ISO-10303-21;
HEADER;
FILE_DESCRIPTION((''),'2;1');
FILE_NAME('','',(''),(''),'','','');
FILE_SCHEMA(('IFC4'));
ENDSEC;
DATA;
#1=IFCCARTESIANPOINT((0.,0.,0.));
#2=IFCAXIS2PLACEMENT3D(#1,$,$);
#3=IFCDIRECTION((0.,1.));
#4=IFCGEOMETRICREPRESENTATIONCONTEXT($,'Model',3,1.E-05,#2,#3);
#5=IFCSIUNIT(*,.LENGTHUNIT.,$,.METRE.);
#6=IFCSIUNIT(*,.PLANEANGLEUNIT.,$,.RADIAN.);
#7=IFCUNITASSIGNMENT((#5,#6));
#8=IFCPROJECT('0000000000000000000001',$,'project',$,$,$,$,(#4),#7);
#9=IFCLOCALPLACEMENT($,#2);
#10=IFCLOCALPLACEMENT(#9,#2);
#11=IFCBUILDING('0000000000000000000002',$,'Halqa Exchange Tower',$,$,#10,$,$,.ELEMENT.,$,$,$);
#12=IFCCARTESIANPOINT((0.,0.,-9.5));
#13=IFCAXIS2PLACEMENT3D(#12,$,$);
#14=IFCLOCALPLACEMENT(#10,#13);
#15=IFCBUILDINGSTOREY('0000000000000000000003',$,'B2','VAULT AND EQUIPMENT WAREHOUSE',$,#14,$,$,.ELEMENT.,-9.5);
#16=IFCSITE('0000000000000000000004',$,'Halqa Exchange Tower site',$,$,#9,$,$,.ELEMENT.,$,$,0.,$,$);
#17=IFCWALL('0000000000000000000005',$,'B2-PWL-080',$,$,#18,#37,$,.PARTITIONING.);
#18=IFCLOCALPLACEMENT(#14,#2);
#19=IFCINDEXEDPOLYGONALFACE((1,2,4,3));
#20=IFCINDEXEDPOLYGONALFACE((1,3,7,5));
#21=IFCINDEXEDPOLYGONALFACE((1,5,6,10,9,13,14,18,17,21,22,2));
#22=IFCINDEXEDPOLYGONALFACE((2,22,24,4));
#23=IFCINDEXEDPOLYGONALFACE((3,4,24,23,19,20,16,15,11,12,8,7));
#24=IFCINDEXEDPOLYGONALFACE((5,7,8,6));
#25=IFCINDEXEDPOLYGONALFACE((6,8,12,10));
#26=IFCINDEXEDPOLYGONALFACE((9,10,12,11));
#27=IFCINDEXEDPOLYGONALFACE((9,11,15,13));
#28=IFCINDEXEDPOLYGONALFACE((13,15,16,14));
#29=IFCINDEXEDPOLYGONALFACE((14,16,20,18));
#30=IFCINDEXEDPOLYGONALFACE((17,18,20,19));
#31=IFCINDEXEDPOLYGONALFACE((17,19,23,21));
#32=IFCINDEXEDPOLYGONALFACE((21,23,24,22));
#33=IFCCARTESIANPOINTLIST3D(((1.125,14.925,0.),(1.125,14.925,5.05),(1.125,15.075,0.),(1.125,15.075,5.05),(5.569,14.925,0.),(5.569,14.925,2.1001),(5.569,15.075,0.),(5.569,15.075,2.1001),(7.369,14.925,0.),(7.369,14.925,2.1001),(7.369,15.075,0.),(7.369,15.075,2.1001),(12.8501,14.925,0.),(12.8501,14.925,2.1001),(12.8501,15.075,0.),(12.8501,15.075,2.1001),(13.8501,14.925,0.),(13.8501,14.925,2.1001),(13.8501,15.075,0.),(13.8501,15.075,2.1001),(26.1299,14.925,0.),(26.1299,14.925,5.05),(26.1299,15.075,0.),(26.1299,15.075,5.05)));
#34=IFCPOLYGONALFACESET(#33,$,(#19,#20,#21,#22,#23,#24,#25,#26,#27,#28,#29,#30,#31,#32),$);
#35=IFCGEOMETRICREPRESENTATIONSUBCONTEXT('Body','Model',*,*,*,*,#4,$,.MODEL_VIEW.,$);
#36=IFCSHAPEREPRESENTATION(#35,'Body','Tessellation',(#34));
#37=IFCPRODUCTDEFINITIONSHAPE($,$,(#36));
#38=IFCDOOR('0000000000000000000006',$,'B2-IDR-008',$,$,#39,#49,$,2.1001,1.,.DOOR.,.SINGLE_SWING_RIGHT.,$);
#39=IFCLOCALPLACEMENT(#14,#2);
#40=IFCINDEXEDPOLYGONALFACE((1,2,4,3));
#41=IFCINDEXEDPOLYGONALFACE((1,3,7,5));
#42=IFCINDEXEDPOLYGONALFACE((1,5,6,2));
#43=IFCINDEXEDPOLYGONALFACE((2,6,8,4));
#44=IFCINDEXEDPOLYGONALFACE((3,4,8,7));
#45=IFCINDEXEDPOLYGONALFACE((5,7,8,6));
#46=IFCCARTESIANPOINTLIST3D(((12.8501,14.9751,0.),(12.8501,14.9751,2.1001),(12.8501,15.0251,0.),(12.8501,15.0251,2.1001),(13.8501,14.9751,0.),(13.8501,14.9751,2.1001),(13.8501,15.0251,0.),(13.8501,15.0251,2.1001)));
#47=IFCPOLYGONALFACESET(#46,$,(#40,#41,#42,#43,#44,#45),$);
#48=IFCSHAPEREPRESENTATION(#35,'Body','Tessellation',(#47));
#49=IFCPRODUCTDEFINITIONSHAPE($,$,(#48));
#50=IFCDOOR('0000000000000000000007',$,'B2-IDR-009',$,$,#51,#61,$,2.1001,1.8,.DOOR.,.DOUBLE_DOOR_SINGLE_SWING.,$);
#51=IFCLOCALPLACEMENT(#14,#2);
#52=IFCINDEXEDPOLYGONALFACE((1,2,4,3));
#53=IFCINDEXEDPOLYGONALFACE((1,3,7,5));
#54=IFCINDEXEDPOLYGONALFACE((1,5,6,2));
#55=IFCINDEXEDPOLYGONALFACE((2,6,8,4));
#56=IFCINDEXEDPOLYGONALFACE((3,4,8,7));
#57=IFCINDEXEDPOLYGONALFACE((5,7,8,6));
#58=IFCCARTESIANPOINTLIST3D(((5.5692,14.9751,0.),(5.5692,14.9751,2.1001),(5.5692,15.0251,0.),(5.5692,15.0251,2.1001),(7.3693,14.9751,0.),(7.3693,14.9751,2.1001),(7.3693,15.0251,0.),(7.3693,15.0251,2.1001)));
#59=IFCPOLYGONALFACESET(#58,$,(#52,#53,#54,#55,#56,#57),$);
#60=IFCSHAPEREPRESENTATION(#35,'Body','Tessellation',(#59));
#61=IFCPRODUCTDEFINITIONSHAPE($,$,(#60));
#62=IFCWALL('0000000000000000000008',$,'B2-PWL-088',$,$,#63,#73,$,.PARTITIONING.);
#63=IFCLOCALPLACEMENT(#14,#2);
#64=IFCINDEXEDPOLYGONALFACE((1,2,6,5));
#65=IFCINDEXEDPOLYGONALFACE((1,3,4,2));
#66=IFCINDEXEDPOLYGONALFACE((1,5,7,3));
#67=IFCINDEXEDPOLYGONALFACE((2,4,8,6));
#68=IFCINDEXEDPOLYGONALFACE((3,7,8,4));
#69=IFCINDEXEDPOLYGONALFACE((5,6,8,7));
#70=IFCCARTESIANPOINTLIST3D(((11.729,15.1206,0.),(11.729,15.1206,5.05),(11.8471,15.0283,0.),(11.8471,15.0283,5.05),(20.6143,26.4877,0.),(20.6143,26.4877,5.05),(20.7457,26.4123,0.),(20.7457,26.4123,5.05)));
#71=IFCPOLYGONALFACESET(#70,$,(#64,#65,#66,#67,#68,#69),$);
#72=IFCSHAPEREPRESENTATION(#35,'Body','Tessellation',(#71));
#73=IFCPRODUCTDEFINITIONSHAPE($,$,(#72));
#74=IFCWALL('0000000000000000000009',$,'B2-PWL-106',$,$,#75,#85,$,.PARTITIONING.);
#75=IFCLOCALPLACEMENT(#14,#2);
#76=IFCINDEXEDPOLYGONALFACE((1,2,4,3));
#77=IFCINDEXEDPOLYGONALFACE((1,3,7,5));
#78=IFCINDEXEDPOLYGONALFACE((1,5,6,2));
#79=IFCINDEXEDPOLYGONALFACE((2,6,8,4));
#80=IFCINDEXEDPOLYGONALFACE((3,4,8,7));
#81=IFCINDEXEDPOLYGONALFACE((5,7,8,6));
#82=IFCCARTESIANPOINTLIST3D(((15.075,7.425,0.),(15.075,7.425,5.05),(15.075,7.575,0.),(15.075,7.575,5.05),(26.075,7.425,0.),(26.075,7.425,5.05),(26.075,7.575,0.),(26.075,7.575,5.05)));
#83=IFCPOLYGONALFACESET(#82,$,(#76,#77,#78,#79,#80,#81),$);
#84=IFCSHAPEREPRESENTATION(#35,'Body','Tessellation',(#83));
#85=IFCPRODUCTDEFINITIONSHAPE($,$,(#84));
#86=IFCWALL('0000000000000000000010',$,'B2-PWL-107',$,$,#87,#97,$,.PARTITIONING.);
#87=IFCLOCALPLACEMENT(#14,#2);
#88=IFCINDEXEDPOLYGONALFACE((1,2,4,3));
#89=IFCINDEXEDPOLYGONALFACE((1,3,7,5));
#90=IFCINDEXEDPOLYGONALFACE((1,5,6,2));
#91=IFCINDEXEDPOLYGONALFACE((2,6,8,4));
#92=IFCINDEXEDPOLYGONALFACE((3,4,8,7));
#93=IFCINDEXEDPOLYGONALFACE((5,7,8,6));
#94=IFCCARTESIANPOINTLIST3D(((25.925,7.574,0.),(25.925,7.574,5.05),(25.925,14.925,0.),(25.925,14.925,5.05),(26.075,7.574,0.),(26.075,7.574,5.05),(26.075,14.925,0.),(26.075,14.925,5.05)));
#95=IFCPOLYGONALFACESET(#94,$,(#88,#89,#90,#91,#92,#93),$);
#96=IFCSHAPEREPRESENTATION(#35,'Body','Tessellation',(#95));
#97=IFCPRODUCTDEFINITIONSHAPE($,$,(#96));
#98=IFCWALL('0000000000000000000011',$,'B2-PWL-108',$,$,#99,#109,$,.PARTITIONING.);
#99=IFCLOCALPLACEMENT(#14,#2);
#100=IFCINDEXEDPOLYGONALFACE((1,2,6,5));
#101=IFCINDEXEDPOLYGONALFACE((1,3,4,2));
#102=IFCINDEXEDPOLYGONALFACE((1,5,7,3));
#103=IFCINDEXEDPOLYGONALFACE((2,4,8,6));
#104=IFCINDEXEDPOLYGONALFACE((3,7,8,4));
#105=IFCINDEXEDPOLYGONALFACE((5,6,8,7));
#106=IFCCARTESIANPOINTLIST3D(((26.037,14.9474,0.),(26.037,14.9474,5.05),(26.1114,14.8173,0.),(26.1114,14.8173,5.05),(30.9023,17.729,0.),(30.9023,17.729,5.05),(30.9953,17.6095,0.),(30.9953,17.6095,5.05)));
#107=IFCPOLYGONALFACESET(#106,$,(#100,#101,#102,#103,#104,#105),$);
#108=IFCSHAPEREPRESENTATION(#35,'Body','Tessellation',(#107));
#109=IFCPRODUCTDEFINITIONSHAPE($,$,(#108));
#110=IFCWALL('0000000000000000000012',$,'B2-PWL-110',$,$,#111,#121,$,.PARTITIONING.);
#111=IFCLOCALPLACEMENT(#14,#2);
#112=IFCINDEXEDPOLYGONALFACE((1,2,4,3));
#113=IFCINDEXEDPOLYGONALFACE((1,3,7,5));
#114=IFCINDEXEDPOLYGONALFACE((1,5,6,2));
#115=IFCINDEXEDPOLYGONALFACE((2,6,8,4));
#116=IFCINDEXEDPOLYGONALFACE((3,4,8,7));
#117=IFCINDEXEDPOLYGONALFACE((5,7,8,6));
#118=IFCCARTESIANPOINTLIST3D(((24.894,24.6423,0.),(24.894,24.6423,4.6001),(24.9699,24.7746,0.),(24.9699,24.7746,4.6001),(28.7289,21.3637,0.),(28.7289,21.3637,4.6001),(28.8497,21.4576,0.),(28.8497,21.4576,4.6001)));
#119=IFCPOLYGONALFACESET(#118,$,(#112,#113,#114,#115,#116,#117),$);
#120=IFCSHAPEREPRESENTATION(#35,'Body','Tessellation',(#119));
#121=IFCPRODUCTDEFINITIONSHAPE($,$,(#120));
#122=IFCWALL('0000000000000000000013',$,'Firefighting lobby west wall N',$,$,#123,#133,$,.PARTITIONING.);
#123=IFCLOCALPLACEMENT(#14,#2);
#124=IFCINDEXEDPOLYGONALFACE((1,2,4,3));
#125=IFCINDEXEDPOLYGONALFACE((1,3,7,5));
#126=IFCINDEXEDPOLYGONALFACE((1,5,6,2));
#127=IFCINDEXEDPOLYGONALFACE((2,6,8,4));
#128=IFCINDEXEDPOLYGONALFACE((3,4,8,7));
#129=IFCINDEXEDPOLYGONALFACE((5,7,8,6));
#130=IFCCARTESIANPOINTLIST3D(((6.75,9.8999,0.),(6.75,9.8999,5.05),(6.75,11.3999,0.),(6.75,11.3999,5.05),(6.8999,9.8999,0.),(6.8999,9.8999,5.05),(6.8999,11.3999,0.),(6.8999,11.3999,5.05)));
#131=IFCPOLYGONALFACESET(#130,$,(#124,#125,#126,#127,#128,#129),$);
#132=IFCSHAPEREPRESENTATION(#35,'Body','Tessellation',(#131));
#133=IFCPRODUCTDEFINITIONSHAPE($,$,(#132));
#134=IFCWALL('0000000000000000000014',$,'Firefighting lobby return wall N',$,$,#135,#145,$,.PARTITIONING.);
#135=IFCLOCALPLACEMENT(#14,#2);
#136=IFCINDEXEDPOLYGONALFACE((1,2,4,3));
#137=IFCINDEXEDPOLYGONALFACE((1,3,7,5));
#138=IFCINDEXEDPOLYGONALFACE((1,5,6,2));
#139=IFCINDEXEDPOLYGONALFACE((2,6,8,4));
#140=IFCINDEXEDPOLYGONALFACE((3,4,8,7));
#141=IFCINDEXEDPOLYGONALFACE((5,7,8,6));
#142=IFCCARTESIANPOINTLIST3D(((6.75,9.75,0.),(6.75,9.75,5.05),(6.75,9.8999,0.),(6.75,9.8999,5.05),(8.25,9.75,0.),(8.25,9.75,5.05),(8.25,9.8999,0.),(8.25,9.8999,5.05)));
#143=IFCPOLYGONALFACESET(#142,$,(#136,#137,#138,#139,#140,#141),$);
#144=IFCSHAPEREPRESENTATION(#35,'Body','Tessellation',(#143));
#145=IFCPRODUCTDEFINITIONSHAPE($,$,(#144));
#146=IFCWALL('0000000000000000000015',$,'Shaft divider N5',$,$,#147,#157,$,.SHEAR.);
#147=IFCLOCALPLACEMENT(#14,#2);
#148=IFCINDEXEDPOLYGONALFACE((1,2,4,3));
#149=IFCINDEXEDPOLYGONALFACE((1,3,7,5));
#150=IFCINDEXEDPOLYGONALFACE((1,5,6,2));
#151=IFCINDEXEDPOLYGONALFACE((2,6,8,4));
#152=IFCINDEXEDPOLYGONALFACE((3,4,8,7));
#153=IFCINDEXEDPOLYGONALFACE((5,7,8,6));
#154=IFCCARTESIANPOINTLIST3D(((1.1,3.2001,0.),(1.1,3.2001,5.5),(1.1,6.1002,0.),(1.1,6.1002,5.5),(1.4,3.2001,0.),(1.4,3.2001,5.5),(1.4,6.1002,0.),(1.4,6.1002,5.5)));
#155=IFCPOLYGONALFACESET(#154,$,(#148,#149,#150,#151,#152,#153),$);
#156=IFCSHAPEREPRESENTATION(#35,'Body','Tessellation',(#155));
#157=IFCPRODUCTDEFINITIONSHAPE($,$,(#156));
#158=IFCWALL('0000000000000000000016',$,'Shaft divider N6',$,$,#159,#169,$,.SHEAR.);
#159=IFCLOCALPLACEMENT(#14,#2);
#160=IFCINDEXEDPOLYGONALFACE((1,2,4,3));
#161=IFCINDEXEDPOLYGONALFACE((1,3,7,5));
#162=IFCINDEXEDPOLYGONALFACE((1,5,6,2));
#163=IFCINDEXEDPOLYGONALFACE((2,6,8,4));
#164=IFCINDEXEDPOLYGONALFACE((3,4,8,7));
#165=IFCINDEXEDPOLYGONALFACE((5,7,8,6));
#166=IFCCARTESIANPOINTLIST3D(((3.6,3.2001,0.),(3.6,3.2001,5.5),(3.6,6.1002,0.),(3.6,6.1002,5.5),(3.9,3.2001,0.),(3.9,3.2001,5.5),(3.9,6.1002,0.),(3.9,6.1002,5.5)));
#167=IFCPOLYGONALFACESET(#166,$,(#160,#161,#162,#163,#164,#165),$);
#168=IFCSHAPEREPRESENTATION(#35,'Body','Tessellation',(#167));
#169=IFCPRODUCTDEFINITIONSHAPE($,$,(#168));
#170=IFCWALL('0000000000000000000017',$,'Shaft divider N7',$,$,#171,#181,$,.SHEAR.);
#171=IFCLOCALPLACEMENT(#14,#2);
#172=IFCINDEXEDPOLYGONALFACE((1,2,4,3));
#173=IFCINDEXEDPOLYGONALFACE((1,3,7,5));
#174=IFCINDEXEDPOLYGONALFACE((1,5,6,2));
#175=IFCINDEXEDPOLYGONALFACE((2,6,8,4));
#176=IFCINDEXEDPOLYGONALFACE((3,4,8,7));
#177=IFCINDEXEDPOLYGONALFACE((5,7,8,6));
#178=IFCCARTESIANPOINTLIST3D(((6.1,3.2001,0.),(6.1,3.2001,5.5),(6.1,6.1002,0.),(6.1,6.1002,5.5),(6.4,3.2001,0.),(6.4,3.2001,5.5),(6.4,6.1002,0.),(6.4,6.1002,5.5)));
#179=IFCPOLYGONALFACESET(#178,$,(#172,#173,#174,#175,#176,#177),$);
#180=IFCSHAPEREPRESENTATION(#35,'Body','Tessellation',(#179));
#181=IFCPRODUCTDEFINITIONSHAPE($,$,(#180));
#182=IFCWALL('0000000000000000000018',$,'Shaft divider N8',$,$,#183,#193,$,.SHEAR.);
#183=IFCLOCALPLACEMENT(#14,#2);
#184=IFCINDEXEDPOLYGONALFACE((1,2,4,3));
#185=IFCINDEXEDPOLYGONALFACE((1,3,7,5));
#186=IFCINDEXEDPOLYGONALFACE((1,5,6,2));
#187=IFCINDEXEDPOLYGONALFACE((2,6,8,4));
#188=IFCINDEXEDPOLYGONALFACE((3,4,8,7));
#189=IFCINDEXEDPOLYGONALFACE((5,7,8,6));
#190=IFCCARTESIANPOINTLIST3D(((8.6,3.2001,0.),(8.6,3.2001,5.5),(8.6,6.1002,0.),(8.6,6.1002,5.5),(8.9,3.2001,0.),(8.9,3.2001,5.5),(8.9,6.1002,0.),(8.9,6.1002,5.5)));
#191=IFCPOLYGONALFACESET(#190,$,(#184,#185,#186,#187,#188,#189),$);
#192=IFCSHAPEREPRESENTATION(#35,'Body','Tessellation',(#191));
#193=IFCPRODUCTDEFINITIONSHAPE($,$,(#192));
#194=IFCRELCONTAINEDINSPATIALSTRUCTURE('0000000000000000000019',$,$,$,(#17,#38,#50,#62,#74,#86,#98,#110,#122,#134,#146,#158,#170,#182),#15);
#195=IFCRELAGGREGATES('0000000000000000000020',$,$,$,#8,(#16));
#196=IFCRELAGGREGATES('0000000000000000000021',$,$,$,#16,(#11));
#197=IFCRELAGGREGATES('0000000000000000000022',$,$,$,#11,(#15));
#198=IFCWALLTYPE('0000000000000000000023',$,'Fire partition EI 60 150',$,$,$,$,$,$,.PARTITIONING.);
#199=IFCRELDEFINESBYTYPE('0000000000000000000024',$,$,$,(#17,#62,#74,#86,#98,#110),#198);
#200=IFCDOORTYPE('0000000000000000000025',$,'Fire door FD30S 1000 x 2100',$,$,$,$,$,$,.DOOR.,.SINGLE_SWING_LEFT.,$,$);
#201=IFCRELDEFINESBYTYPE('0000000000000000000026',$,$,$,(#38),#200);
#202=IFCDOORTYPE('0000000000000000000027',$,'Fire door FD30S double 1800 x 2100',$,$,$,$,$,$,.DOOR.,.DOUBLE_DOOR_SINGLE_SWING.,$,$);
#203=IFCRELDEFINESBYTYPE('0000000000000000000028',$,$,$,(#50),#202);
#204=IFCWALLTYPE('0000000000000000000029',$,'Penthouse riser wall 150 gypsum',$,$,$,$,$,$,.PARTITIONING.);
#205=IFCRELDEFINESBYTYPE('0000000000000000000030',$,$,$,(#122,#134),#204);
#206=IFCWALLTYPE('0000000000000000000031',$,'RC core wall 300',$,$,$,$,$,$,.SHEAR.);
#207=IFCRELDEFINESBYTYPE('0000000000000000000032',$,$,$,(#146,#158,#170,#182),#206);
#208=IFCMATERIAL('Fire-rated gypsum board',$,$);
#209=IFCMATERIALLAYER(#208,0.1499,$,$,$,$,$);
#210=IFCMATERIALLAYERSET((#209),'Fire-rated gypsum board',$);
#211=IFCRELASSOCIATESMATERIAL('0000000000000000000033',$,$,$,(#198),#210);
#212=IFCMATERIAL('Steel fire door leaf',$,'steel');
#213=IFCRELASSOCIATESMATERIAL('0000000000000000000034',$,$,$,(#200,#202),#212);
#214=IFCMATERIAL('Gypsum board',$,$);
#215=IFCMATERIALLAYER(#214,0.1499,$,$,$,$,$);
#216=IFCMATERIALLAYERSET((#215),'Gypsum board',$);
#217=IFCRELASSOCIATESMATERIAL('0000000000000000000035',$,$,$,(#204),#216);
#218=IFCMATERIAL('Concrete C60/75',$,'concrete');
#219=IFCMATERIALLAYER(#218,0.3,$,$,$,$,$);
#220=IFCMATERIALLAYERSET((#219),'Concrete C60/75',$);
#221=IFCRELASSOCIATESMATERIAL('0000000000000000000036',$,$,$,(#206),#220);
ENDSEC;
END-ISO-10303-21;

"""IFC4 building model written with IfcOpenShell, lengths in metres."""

from ifc_helpers import new_model, si_unit, direction, frame, frame_2d, origin, place, context, subcontext, project, spatial, polyline, rectangle, outline, extrude, material, layer, layer_set, type_object, element, fill, save


model = new_model("IFC4")

# Units and contexts
model_context = context("Model", 3, precision=1e-05, world=origin(), true_north=direction((0.0, 1.0)))
body_context = subcontext(model_context, "Body", "Model", "MODEL_VIEW")
ifc_project = project(units=[si_unit("LENGTHUNIT", "METRE"), si_unit("PLANEANGLEUNIT", "RADIAN")], contexts=[model_context])

# Site, building, storey
site_placement = place(None, origin())
site = spatial("IfcSite", under=ifc_project, at=site_placement, Name="Halqa Exchange Tower site", CompositionType="ELEMENT", RefElevation=0.0)
building_placement = place(site_placement, origin())
building = spatial("IfcBuilding", under=site, at=building_placement, Name="Halqa Exchange Tower", CompositionType="ELEMENT")
storey_placement = place(building_placement, frame((0.0, 0.0, -9.5)))
storey = spatial("IfcBuildingStorey", under=building, at=storey_placement, Name="B2", Description="VAULT AND EQUIPMENT WAREHOUSE", CompositionType="ELEMENT", Elevation=-9.5)

# Shared definitions
ifc_material_1 = material(Name="Concrete C60/75", Category="concrete")

# Wall, openings, doors
ifc_material_2 = material(Name="Fire-rated gypsum board")
ifc_layer_1 = layer(ifc_material_2, 0.1499)
ifc_layer_set_1 = layer_set([ifc_layer_1], Name="Fire-rated gypsum board")
wall_type_1 = type_object("IfcWallType", Name="Fire partition EI 60 150", PredefinedType="PARTITIONING", material=ifc_layer_set_1)
wall_1_placement = place(storey_placement, frame((1.125, 15.0, 0.0), z_axis=(0.0, 0.0, 1.0), x_axis=(1.0, 0.0, 0.0)))
wall_1 = element("IfcWall", 1, at=wall_1_placement, inside=storey, type_object=wall_type_1, Name="B2-PWL-080", PredefinedType="PARTITIONING", context=body_context, shape_type="SweptSolid", body=[
    extrude(rectangle(XDim=25.0049, YDim=0.1499, at=frame_2d((12.5024, 0.0))), origin(), (0.0, 0.0, 1.0), 5.05),
])
opening_1_placement = place(wall_1_placement, frame((11.7251, 0.0, 0.0)))
opening_1 = element("IfcOpeningElement", 2, at=opening_1_placement, cuts=wall_1, PredefinedType="OPENING", context=body_context, shape_type="SweptSolid", body=[
    extrude(rectangle(XDim=1.0, YDim=2.1001, at=frame_2d((0.5, 1.05))), frame((0.0, 0.0869, 0.0), z_axis=(0.0, -1.0, 0.0), x_axis=(1.0, 0.0, 0.0)), (0.0, 0.0, 1.0), 0.1738),
])
opening_2_placement = place(wall_1_placement, frame((4.4441, 0.0, 0.0)))
opening_2 = element("IfcOpeningElement", 3, at=opening_2_placement, cuts=wall_1, PredefinedType="OPENING", context=body_context, shape_type="SweptSolid", body=[
    extrude(rectangle(XDim=1.8, YDim=2.1001, at=frame_2d((0.8999, 1.05))), frame((0.0, 0.0869, 0.0), z_axis=(0.0, -1.0, 0.0), x_axis=(1.0, 0.0, 0.0)), (0.0, 0.0, 1.0), 0.1738),
])
ifc_material_3 = material(Name="Steel fire door leaf", Category="steel")
door_type_1 = type_object("IfcDoorType", Name="Fire door FD30S 1000 x 2100", OperationType="SINGLE_SWING_LEFT", PredefinedType="DOOR", material=ifc_material_3)
door_1_placement = place(opening_1_placement, frame((1.0, 0.0, 0.0), z_axis=(0.0, 0.0, 1.0), x_axis=(-1.0, 0.0, 0.0)))
door_1 = element("IfcDoor", 4, at=door_1_placement, inside=storey, type_object=door_type_1, Name="B2-IDR-008", OperationType="SINGLE_SWING_RIGHT", OverallHeight=2.1001, OverallWidth=1.0, PredefinedType="DOOR", context=body_context, shape_type="SweptSolid", body=[
    extrude(rectangle(XDim=1.0, YDim=2.1001, at=frame_2d((0.5, 1.05))), frame((0.0, 0.0249, 0.0), z_axis=(0.0, -1.0, 0.0), x_axis=(1.0, 0.0, 0.0)), (0.0, 0.0, 1.0), 0.05),
])
fill(opening_1, door_1)
door_type_2 = type_object("IfcDoorType", Name="Fire door FD30S double 1800 x 2100", OperationType="DOUBLE_DOOR_SINGLE_SWING", PredefinedType="DOOR", material=ifc_material_3)
door_2_placement = place(opening_2_placement, frame((1.8, 0.0, 0.0), z_axis=(0.0, 0.0, 1.0), x_axis=(-1.0, 0.0, 0.0)))
door_2 = element("IfcDoor", 5, at=door_2_placement, inside=storey, type_object=door_type_2, Name="B2-IDR-009", OperationType="DOUBLE_DOOR_SINGLE_SWING", OverallHeight=2.1001, OverallWidth=1.8, PredefinedType="DOOR", context=body_context, shape_type="SweptSolid", body=[
    extrude(rectangle(XDim=1.8, YDim=2.1001, at=frame_2d((0.8999, 1.05))), frame((0.0, 0.0249, 0.0), z_axis=(0.0, -1.0, 0.0), x_axis=(1.0, 0.0, 0.0)), (0.0, 0.0, 1.0), 0.05),
])
fill(opening_2, door_2)

# Walls
wall_2_placement = place(storey_placement, frame((11.7881, 15.0745, 0.0), z_axis=(0.0, 0.0, 1.0), x_axis=(0.615848, 0.787865, 0.0)))
element("IfcWall", 6, at=wall_2_placement, inside=storey, type_object=wall_type_1, Name="B2-PWL-088", PredefinedType="PARTITIONING", context=body_context, shape_type="SweptSolid", body=[
    extrude(outline(polyline([(0.0, -0.075), (14.4492, -0.075), (14.4277, 0.075), (0.0, 0.075), (0.0, -0.075)])), origin(), (0.0, 0.0, 1.0), 5.05),
])
wall_3_placement = place(storey_placement, frame((26.075, 7.5, 0.0), z_axis=(0.0, 0.0, 1.0), x_axis=(-1.0, 0.0, 0.0)))
element("IfcWall", 7, at=wall_3_placement, inside=storey, type_object=wall_type_1, Name="B2-PWL-106", PredefinedType="PARTITIONING", context=body_context, shape_type="SweptSolid", body=[
    extrude(rectangle(XDim=11.0, YDim=0.1499, at=frame_2d((5.5, 0.0))), origin(), (0.0, 0.0, 1.0), 5.05),
])
wall_4_placement = place(storey_placement, frame((26.0, 7.574, 0.0), z_axis=(0.0, 0.0, 1.0), x_axis=(0.0, 1.0, 0.0)))
element("IfcWall", 8, at=wall_4_placement, inside=storey, type_object=wall_type_1, Name="B2-PWL-107", PredefinedType="PARTITIONING", context=body_context, shape_type="SweptSolid", body=[
    extrude(rectangle(XDim=7.3511, YDim=0.1499, at=frame_2d((3.6755, 0.0))), origin(), (0.0, 0.0, 1.0), 5.05),
])
wall_5_placement = place(storey_placement, frame((26.0742, 14.8823, 0.0), z_axis=(0.0, 0.0, 1.0), x_axis=(0.868133, 0.496331, 0.0)))
element("IfcWall", 9, at=wall_5_placement, inside=storey, type_object=wall_type_1, Name="B2-PWL-108", PredefinedType="PARTITIONING", context=body_context, shape_type="SweptSolid", body=[
    extrude(outline(polyline([(0.0, -0.075), (5.6257, -0.075), (5.6042, 0.075), (0.0, 0.075), (0.0, -0.075)])), origin(), (0.0, 0.0, 1.0), 5.05),
])
wall_6_placement = place(storey_placement, frame((28.7893, 21.4106, 0.0), z_axis=(0.0, 0.0, 1.0), x_axis=(-0.760085, 0.649824, 0.0)))
element("IfcWall", 10, at=wall_6_placement, inside=storey, type_object=wall_type_1, Name="B2-PWL-110", PredefinedType="PARTITIONING", context=body_context, shape_type="SweptSolid", body=[
    extrude(outline(polyline([(-0.0154, -0.075), (5.0891, -0.075), (5.0608, 0.075), (0.0154, 0.075), (-0.0154, -0.075)])), origin(), (0.0, 0.0, 1.0), 4.6001),
])
ifc_material_4 = material(Name="Gypsum board")
ifc_layer_2 = layer(ifc_material_4, 0.1499)
ifc_layer_set_2 = layer_set([ifc_layer_2], Name="Gypsum board")
wall_type_2 = type_object("IfcWallType", Name="Penthouse riser wall 150 gypsum", PredefinedType="PARTITIONING", material=ifc_layer_set_2)
for number, where, z_axis, x_axis, name in (
    (11, (6.825, 9.8999, 0.0), (0.0, 0.0, 1.0), (0.0, 1.0, 0.0), "Firefighting lobby west wall N"),
    (12, (6.75, 9.825, 0.0), (0.0, 0.0, 1.0), (1.0, 0.0, 0.0), "Firefighting lobby return wall N"),
):
    element("IfcWall", number, at=place(storey_placement, frame(where, z_axis=z_axis, x_axis=x_axis)), inside=storey, type_object=wall_type_2, Name=name, PredefinedType="PARTITIONING", context=body_context, shape_type="SweptSolid", body=[
        extrude(rectangle(XDim=1.5, YDim=0.1499, at=frame_2d((0.75, 0.0))), origin(), (0.0, 0.0, 1.0), 5.05),
    ])
ifc_layer_3 = layer(ifc_material_1, 0.3)
ifc_layer_set_3 = layer_set([ifc_layer_3], Name="Concrete C60/75")
wall_type_3 = type_object("IfcWallType", Name="RC core wall 300", PredefinedType="SHEAR", material=ifc_layer_set_3)
for number, where, z_axis, x_axis, name in (
    (13, (1.25, 3.2, 0.0), (0.0, 0.0, 1.0), (0.0, 1.0, 0.0), "Shaft divider N5"),
    (14, (3.75, 3.2, 0.0), (0.0, 0.0, 1.0), (0.0, 1.0, 0.0), "Shaft divider N6"),
    (15, (6.25, 3.2, 0.0), (0.0, 0.0, 1.0), (0.0, 1.0, 0.0), "Shaft divider N7"),
    (16, (8.75, 3.2, 0.0), (0.0, 0.0, 1.0), (0.0, 1.0, 0.0), "Shaft divider N8"),
):
    element("IfcWall", number, at=place(storey_placement, frame(where, z_axis=z_axis, x_axis=x_axis)), inside=storey, type_object=wall_type_3, Name=name, PredefinedType="SHEAR", context=body_context, shape_type="SweptSolid", body=[
        extrude(rectangle(XDim=2.9001, YDim=0.3, at=frame_2d((1.4502, 0.0))), origin(), (0.0, 0.0, 1.0), 5.5),
    ])

save(model, "model.ifc")
